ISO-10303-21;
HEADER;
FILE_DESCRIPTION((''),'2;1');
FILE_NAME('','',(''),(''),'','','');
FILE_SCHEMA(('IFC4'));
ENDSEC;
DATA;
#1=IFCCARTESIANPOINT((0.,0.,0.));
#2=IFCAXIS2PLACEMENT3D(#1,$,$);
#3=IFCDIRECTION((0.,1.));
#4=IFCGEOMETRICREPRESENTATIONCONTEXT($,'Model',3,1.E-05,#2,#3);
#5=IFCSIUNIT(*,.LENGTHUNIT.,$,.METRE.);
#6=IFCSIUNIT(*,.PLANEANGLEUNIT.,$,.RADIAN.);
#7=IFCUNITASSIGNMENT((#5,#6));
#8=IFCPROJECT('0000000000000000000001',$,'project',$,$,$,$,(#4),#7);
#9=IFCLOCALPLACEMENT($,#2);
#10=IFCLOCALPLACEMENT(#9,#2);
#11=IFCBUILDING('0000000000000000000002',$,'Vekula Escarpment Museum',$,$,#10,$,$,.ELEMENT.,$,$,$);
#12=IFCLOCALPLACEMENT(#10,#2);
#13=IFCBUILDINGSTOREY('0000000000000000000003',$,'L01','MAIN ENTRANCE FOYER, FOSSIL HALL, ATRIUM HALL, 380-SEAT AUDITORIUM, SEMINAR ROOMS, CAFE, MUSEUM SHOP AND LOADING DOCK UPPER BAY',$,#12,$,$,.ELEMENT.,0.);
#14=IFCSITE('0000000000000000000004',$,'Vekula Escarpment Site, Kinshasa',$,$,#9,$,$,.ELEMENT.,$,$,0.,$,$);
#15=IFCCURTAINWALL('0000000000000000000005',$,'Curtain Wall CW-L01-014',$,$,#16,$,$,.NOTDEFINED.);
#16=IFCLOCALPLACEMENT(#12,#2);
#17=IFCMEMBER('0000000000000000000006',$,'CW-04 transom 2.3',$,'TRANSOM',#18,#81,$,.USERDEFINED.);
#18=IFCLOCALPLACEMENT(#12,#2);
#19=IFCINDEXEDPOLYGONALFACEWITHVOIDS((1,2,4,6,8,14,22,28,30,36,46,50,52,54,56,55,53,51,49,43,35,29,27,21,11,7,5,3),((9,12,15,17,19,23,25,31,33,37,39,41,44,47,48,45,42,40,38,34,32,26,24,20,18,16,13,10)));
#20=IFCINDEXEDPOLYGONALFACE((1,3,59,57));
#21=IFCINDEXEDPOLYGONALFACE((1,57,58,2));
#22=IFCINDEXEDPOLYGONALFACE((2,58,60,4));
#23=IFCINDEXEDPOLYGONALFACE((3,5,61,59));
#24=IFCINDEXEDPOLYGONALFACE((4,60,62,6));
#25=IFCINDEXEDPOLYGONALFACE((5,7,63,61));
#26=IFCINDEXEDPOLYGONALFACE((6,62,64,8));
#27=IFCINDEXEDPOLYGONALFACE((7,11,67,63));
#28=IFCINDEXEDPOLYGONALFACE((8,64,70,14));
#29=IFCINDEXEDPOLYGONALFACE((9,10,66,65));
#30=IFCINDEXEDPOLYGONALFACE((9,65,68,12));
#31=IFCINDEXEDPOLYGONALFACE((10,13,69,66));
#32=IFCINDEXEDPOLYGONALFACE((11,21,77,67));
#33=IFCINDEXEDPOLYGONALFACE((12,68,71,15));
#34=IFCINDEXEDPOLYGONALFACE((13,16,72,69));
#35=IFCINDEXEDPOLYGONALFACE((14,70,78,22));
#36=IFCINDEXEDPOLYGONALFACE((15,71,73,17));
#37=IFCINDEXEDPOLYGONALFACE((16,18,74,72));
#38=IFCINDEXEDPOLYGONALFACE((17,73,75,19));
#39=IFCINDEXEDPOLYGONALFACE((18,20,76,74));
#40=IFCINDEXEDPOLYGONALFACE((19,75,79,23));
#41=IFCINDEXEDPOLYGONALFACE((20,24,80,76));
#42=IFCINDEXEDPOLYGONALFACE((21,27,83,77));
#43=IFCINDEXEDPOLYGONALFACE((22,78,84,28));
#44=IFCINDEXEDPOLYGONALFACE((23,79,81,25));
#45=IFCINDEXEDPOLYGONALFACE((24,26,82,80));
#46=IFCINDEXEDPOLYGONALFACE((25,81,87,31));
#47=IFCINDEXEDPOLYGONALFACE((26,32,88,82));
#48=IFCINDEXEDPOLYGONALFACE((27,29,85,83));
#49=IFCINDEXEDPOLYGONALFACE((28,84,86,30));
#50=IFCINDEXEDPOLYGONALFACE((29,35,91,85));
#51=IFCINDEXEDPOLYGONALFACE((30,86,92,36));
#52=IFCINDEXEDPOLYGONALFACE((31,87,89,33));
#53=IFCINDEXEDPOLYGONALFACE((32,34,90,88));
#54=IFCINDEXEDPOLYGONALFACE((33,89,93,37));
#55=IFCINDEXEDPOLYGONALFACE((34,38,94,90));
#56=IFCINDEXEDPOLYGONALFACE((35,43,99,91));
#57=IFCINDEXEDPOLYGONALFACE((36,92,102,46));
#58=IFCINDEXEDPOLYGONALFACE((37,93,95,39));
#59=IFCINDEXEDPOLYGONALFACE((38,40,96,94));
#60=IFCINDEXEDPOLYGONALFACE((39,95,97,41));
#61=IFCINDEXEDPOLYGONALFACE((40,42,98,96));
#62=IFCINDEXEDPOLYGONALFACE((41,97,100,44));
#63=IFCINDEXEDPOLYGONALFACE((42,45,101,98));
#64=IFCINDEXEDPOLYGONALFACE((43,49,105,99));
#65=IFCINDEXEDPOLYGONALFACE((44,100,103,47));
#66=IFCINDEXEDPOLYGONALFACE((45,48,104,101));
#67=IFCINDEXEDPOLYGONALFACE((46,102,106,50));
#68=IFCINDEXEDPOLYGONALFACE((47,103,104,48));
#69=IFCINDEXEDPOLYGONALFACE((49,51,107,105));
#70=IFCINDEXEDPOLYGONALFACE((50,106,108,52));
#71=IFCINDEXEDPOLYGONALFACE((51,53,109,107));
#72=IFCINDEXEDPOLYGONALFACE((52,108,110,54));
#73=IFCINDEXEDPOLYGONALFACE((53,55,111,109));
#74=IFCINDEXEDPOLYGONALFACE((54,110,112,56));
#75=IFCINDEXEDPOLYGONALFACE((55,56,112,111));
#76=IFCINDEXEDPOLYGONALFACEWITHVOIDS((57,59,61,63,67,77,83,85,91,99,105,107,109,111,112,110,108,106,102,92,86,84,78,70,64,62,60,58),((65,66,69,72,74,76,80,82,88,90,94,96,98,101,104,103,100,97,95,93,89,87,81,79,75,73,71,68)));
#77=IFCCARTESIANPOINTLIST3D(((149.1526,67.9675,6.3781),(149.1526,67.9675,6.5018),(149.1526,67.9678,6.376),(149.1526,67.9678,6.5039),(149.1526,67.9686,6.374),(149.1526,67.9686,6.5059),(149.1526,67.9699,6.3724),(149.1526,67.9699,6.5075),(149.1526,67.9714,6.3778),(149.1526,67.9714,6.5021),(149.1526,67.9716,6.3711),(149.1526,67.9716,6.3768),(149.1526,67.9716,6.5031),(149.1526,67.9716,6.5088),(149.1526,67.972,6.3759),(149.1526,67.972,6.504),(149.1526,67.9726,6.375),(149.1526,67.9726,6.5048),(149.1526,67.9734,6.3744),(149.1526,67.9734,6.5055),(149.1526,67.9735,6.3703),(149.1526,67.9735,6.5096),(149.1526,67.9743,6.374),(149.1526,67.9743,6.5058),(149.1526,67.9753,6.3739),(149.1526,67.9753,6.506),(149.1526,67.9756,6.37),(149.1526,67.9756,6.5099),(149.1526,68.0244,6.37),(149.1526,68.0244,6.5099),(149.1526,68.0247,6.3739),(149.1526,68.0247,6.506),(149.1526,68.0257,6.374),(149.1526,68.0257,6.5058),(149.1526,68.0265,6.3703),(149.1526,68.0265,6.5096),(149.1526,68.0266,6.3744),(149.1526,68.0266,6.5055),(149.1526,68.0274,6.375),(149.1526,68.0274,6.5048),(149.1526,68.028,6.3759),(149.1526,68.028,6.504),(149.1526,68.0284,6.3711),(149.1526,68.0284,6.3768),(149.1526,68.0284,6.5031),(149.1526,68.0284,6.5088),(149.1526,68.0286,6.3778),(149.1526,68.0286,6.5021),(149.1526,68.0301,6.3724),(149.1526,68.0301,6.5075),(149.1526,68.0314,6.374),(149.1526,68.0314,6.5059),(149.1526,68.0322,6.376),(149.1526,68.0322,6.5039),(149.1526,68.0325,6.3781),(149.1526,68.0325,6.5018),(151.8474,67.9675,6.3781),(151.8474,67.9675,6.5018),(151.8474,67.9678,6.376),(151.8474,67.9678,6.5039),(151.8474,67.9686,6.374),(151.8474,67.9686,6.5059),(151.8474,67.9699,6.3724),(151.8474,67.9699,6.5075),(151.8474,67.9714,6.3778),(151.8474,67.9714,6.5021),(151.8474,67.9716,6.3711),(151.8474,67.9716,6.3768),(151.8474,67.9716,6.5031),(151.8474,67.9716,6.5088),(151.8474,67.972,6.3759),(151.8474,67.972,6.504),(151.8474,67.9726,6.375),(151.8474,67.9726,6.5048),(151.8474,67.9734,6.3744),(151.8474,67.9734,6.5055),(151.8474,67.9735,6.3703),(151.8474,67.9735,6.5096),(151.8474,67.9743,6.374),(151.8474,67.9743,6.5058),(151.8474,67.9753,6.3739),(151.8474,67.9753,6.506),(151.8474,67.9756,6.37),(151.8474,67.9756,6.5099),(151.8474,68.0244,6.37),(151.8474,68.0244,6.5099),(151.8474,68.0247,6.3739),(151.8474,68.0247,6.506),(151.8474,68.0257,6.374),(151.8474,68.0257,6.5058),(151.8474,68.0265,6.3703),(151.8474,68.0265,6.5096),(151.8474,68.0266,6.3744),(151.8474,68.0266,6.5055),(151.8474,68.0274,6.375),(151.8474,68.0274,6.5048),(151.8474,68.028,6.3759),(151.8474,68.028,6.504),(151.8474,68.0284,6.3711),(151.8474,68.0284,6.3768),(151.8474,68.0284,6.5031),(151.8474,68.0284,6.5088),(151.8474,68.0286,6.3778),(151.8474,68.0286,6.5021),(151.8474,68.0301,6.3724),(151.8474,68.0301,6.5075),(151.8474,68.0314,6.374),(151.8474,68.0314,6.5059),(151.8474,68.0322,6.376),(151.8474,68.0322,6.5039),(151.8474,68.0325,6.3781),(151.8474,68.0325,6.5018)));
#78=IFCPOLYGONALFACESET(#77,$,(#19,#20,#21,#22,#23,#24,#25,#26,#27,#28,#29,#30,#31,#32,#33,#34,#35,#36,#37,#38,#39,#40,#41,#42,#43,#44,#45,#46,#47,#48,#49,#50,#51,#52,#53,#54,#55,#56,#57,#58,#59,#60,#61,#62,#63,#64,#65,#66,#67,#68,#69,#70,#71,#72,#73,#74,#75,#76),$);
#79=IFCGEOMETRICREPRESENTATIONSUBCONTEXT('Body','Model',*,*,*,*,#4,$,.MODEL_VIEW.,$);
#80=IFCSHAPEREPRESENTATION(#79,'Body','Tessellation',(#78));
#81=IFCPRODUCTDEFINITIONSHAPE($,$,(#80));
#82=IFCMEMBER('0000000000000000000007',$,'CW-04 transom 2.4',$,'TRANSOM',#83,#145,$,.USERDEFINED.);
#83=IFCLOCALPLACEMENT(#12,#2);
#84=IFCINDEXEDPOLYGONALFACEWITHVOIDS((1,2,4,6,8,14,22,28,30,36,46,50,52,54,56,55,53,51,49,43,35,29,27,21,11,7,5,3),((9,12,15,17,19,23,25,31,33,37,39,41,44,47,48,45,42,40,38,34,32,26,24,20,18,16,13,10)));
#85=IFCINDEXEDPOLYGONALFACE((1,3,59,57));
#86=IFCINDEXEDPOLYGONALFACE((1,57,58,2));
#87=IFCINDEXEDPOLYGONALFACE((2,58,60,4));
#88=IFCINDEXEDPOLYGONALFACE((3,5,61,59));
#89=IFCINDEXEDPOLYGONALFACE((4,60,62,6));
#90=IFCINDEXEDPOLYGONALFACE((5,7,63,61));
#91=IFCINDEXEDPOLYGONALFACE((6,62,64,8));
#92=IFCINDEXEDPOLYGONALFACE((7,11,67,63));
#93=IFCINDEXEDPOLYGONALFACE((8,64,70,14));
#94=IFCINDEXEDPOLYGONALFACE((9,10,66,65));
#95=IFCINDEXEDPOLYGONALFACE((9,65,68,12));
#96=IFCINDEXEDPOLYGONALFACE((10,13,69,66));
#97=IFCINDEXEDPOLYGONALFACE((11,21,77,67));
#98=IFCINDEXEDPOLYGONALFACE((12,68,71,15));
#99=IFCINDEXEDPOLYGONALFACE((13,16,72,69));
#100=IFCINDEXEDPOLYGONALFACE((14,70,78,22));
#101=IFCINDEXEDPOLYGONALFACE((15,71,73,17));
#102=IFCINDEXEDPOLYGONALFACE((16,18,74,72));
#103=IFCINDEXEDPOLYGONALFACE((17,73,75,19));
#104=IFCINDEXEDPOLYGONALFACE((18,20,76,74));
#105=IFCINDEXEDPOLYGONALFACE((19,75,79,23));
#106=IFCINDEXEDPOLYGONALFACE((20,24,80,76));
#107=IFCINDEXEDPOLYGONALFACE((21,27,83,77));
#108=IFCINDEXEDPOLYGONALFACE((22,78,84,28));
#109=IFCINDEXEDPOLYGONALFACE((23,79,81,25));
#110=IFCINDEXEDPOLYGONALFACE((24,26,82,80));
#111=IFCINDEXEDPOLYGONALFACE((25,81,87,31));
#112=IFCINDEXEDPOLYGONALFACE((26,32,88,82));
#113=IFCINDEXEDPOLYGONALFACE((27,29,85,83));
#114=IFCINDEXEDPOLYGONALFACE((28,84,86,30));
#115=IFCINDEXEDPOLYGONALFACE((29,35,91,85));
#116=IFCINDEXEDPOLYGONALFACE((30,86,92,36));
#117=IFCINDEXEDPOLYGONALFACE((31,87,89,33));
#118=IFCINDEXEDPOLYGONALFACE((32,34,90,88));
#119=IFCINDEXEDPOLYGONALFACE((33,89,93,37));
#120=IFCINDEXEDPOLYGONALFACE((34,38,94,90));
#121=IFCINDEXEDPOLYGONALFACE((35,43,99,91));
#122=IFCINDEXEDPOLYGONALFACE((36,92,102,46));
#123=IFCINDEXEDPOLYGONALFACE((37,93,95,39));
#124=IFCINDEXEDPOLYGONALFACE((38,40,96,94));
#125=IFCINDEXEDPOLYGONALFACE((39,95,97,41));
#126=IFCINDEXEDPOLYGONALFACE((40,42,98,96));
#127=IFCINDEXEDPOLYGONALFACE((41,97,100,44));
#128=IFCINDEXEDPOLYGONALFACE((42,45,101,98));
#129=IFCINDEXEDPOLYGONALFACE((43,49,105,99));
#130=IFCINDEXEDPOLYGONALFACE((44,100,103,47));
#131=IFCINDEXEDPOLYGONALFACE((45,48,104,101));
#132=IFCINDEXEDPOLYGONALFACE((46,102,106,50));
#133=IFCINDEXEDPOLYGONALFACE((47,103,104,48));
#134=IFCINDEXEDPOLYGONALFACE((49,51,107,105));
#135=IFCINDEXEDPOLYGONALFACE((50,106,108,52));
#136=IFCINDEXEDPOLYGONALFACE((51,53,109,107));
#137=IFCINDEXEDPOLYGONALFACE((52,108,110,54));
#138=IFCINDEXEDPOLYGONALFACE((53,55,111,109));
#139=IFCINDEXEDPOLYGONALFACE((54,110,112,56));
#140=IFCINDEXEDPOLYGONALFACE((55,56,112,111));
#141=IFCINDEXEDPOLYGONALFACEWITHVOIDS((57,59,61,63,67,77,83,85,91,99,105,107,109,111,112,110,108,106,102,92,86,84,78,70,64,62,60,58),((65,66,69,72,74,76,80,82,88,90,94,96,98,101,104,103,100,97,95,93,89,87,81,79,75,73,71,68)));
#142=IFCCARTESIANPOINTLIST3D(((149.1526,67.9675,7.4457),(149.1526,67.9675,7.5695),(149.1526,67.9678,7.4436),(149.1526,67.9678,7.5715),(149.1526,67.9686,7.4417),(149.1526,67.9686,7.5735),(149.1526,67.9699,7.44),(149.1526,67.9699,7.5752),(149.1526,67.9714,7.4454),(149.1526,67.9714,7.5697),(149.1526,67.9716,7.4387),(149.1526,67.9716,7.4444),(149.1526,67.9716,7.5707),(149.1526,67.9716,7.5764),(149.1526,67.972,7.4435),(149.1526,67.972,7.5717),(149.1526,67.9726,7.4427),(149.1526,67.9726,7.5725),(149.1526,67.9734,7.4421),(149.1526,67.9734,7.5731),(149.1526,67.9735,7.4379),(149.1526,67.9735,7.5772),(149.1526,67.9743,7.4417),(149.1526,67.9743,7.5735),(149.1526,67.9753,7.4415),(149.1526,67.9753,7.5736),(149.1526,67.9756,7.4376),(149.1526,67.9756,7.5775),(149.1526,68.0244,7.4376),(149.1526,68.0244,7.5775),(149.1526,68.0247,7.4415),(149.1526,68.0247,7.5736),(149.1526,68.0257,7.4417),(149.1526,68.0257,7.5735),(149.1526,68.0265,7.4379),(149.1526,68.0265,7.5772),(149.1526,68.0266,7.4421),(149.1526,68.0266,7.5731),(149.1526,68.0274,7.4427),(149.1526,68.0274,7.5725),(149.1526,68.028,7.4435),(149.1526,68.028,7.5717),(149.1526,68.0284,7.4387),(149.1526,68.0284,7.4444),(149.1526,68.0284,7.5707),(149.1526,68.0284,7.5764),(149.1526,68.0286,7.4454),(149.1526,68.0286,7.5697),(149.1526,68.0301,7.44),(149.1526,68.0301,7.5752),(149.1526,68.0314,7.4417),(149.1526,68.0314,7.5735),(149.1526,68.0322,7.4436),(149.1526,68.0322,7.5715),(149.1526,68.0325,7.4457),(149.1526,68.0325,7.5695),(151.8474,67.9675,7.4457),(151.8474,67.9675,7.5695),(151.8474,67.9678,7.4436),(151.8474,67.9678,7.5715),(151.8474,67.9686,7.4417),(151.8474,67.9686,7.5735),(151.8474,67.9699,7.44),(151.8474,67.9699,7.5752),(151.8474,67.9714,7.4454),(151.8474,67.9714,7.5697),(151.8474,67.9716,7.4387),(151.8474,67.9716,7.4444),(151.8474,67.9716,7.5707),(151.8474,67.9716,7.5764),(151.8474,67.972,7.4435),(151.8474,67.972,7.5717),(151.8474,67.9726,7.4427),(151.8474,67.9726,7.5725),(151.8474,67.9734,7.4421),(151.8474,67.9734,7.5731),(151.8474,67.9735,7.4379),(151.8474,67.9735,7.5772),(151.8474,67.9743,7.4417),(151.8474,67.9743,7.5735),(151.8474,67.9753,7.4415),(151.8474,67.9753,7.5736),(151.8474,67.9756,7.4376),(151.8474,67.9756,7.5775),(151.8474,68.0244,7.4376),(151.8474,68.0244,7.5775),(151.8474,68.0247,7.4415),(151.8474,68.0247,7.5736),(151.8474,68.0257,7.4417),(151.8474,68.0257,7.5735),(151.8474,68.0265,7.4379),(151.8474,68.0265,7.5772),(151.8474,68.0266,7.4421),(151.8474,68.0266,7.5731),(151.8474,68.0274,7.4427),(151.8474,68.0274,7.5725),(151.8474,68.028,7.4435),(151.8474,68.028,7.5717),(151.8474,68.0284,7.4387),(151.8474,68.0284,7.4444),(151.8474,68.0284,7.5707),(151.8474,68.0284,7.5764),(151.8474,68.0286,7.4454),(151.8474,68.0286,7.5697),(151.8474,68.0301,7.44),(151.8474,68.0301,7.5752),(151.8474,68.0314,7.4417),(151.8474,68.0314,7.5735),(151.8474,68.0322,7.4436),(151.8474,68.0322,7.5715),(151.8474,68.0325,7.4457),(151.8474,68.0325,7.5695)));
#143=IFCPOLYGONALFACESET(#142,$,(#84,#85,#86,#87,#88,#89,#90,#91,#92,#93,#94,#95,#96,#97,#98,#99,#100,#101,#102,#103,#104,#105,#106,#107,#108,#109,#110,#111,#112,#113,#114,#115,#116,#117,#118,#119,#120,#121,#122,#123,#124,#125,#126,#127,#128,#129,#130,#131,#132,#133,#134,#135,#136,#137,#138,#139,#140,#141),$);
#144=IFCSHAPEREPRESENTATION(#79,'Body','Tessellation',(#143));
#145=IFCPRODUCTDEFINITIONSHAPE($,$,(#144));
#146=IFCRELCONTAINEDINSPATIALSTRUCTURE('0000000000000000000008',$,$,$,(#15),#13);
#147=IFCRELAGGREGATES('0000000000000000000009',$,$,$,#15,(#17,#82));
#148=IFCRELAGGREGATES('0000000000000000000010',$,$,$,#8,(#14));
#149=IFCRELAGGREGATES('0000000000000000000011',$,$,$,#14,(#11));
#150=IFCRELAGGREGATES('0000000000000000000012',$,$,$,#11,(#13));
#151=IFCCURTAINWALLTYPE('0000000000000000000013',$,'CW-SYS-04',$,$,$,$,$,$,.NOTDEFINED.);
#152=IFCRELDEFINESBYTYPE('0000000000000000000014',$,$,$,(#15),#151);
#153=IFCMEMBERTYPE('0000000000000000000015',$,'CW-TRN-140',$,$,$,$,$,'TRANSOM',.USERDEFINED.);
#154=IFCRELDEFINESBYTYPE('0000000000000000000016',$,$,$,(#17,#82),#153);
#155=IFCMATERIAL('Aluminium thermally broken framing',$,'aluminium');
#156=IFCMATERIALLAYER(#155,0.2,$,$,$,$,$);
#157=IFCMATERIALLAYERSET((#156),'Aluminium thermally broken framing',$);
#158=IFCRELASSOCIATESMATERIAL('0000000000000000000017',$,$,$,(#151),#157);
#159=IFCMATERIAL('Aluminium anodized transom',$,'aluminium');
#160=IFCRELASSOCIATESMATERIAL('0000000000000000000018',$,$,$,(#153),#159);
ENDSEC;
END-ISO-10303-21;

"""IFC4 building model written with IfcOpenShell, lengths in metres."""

from ifc_helpers import new_model, si_unit, direction, frame, origin, origin_2d, place, context, subcontext, project, spatial, hollow_rectangle, extrude, material, layer, layer_set, material_profile, profile_set, type_object, element, aggregate, save


model = new_model("IFC4")

# Units and contexts
model_context = context("Model", 3, precision=1e-05, world=origin(), true_north=direction((0.0, 1.0)))
body_context = subcontext(model_context, "Body", "Model", "MODEL_VIEW")
ifc_project = project(units=[si_unit("LENGTHUNIT", "METRE"), si_unit("PLANEANGLEUNIT", "RADIAN")], contexts=[model_context])

# Site, building, storey
site_placement = place(None, origin())
site = spatial("IfcSite", under=ifc_project, at=site_placement, Name="Vekula Escarpment Site, Kinshasa", CompositionType="ELEMENT", RefElevation=0.0)
building_placement = place(site_placement, origin())
building = spatial("IfcBuilding", under=site, at=building_placement, Name="Vekula Escarpment Museum", CompositionType="ELEMENT")
storey_placement = place(building_placement, origin())
storey = spatial("IfcBuildingStorey", under=building, at=storey_placement, Name="L01", Description="MAIN ENTRANCE FOYER, FOSSIL HALL, ATRIUM HALL, 380-SEAT AUDITORIUM, SEMINAR ROOMS, CAFE, MUSEUM SHOP AND LOADING DOCK UPPER BAY", CompositionType="ELEMENT", Elevation=0.0)

# Curtain wall
ifc_material_1 = material(Name="Aluminium thermally broken framing", Category="aluminium")
ifc_layer_1 = layer(ifc_material_1, 0.2)
ifc_layer_set_1 = layer_set([ifc_layer_1], Name="Aluminium thermally broken framing")
curtain_wall_type_1 = type_object("IfcCurtainWallType", Name="CW-SYS-04", PredefinedType="NOTDEFINED", material=ifc_layer_set_1)
curtain_wall_1_placement = place(storey_placement, origin())
curtain_wall_1 = element("IfcCurtainWall", 1, at=curtain_wall_1_placement, inside=storey, type_object=curtain_wall_type_1, Name="Curtain Wall CW-L01-014", PredefinedType="NOTDEFINED")

# Members
ifc_material_2 = material(Name="Aluminium anodized transom", Category="aluminium")
ifc_material_profile_1 = material_profile(ifc_material_2, hollow_rectangle(XDim=0.0649, YDim=0.1399, WallThickness=0.0039, InnerFilletRadius=0.0039, OuterFilletRadius=0.0081, at=origin_2d()), Name="ALU 140x65x4")
ifc_profile_set_1 = profile_set([ifc_material_profile_1], Name="Aluminium anodized transom")
member_type_1 = type_object("IfcMemberType", Name="CW-TRN-140", ElementType="TRANSOM", PredefinedType="USERDEFINED", material=ifc_profile_set_1)
member_1_placement = place(storey_placement, frame((149.1526, 68.0, 6.4399), z_axis=(1.0, 0.0, 0.0), x_axis=(0.0, 1.0, 0.0)))
member_1 = element("IfcMember", 2, at=member_1_placement, type_object=member_type_1, Name="CW-04 transom 2.3", ObjectType="TRANSOM", PredefinedType="USERDEFINED", context=body_context, shape_type="SweptSolid", body=[
    extrude(hollow_rectangle(XDim=0.0649, YDim=0.1399, WallThickness=0.0039, InnerFilletRadius=0.0039, OuterFilletRadius=0.0081, at=origin_2d()), origin(), (0.0, 0.0, 1.0), 2.6948),
])
member_2_placement = place(storey_placement, frame((149.1526, 68.0, 7.5076), z_axis=(1.0, 0.0, 0.0), x_axis=(0.0, 1.0, 0.0)))
member_2 = element("IfcMember", 3, at=member_2_placement, type_object=member_type_1, Name="CW-04 transom 2.4", ObjectType="TRANSOM", PredefinedType="USERDEFINED", context=body_context, shape_type="SweptSolid", body=[
    extrude(hollow_rectangle(XDim=0.0649, YDim=0.1399, WallThickness=0.0039, InnerFilletRadius=0.0039, OuterFilletRadius=0.0081, at=origin_2d()), origin(), (0.0, 0.0, 1.0), 2.6948),
])

aggregate(curtain_wall_1, [member_1, member_2])

save(model, "model.ifc")
